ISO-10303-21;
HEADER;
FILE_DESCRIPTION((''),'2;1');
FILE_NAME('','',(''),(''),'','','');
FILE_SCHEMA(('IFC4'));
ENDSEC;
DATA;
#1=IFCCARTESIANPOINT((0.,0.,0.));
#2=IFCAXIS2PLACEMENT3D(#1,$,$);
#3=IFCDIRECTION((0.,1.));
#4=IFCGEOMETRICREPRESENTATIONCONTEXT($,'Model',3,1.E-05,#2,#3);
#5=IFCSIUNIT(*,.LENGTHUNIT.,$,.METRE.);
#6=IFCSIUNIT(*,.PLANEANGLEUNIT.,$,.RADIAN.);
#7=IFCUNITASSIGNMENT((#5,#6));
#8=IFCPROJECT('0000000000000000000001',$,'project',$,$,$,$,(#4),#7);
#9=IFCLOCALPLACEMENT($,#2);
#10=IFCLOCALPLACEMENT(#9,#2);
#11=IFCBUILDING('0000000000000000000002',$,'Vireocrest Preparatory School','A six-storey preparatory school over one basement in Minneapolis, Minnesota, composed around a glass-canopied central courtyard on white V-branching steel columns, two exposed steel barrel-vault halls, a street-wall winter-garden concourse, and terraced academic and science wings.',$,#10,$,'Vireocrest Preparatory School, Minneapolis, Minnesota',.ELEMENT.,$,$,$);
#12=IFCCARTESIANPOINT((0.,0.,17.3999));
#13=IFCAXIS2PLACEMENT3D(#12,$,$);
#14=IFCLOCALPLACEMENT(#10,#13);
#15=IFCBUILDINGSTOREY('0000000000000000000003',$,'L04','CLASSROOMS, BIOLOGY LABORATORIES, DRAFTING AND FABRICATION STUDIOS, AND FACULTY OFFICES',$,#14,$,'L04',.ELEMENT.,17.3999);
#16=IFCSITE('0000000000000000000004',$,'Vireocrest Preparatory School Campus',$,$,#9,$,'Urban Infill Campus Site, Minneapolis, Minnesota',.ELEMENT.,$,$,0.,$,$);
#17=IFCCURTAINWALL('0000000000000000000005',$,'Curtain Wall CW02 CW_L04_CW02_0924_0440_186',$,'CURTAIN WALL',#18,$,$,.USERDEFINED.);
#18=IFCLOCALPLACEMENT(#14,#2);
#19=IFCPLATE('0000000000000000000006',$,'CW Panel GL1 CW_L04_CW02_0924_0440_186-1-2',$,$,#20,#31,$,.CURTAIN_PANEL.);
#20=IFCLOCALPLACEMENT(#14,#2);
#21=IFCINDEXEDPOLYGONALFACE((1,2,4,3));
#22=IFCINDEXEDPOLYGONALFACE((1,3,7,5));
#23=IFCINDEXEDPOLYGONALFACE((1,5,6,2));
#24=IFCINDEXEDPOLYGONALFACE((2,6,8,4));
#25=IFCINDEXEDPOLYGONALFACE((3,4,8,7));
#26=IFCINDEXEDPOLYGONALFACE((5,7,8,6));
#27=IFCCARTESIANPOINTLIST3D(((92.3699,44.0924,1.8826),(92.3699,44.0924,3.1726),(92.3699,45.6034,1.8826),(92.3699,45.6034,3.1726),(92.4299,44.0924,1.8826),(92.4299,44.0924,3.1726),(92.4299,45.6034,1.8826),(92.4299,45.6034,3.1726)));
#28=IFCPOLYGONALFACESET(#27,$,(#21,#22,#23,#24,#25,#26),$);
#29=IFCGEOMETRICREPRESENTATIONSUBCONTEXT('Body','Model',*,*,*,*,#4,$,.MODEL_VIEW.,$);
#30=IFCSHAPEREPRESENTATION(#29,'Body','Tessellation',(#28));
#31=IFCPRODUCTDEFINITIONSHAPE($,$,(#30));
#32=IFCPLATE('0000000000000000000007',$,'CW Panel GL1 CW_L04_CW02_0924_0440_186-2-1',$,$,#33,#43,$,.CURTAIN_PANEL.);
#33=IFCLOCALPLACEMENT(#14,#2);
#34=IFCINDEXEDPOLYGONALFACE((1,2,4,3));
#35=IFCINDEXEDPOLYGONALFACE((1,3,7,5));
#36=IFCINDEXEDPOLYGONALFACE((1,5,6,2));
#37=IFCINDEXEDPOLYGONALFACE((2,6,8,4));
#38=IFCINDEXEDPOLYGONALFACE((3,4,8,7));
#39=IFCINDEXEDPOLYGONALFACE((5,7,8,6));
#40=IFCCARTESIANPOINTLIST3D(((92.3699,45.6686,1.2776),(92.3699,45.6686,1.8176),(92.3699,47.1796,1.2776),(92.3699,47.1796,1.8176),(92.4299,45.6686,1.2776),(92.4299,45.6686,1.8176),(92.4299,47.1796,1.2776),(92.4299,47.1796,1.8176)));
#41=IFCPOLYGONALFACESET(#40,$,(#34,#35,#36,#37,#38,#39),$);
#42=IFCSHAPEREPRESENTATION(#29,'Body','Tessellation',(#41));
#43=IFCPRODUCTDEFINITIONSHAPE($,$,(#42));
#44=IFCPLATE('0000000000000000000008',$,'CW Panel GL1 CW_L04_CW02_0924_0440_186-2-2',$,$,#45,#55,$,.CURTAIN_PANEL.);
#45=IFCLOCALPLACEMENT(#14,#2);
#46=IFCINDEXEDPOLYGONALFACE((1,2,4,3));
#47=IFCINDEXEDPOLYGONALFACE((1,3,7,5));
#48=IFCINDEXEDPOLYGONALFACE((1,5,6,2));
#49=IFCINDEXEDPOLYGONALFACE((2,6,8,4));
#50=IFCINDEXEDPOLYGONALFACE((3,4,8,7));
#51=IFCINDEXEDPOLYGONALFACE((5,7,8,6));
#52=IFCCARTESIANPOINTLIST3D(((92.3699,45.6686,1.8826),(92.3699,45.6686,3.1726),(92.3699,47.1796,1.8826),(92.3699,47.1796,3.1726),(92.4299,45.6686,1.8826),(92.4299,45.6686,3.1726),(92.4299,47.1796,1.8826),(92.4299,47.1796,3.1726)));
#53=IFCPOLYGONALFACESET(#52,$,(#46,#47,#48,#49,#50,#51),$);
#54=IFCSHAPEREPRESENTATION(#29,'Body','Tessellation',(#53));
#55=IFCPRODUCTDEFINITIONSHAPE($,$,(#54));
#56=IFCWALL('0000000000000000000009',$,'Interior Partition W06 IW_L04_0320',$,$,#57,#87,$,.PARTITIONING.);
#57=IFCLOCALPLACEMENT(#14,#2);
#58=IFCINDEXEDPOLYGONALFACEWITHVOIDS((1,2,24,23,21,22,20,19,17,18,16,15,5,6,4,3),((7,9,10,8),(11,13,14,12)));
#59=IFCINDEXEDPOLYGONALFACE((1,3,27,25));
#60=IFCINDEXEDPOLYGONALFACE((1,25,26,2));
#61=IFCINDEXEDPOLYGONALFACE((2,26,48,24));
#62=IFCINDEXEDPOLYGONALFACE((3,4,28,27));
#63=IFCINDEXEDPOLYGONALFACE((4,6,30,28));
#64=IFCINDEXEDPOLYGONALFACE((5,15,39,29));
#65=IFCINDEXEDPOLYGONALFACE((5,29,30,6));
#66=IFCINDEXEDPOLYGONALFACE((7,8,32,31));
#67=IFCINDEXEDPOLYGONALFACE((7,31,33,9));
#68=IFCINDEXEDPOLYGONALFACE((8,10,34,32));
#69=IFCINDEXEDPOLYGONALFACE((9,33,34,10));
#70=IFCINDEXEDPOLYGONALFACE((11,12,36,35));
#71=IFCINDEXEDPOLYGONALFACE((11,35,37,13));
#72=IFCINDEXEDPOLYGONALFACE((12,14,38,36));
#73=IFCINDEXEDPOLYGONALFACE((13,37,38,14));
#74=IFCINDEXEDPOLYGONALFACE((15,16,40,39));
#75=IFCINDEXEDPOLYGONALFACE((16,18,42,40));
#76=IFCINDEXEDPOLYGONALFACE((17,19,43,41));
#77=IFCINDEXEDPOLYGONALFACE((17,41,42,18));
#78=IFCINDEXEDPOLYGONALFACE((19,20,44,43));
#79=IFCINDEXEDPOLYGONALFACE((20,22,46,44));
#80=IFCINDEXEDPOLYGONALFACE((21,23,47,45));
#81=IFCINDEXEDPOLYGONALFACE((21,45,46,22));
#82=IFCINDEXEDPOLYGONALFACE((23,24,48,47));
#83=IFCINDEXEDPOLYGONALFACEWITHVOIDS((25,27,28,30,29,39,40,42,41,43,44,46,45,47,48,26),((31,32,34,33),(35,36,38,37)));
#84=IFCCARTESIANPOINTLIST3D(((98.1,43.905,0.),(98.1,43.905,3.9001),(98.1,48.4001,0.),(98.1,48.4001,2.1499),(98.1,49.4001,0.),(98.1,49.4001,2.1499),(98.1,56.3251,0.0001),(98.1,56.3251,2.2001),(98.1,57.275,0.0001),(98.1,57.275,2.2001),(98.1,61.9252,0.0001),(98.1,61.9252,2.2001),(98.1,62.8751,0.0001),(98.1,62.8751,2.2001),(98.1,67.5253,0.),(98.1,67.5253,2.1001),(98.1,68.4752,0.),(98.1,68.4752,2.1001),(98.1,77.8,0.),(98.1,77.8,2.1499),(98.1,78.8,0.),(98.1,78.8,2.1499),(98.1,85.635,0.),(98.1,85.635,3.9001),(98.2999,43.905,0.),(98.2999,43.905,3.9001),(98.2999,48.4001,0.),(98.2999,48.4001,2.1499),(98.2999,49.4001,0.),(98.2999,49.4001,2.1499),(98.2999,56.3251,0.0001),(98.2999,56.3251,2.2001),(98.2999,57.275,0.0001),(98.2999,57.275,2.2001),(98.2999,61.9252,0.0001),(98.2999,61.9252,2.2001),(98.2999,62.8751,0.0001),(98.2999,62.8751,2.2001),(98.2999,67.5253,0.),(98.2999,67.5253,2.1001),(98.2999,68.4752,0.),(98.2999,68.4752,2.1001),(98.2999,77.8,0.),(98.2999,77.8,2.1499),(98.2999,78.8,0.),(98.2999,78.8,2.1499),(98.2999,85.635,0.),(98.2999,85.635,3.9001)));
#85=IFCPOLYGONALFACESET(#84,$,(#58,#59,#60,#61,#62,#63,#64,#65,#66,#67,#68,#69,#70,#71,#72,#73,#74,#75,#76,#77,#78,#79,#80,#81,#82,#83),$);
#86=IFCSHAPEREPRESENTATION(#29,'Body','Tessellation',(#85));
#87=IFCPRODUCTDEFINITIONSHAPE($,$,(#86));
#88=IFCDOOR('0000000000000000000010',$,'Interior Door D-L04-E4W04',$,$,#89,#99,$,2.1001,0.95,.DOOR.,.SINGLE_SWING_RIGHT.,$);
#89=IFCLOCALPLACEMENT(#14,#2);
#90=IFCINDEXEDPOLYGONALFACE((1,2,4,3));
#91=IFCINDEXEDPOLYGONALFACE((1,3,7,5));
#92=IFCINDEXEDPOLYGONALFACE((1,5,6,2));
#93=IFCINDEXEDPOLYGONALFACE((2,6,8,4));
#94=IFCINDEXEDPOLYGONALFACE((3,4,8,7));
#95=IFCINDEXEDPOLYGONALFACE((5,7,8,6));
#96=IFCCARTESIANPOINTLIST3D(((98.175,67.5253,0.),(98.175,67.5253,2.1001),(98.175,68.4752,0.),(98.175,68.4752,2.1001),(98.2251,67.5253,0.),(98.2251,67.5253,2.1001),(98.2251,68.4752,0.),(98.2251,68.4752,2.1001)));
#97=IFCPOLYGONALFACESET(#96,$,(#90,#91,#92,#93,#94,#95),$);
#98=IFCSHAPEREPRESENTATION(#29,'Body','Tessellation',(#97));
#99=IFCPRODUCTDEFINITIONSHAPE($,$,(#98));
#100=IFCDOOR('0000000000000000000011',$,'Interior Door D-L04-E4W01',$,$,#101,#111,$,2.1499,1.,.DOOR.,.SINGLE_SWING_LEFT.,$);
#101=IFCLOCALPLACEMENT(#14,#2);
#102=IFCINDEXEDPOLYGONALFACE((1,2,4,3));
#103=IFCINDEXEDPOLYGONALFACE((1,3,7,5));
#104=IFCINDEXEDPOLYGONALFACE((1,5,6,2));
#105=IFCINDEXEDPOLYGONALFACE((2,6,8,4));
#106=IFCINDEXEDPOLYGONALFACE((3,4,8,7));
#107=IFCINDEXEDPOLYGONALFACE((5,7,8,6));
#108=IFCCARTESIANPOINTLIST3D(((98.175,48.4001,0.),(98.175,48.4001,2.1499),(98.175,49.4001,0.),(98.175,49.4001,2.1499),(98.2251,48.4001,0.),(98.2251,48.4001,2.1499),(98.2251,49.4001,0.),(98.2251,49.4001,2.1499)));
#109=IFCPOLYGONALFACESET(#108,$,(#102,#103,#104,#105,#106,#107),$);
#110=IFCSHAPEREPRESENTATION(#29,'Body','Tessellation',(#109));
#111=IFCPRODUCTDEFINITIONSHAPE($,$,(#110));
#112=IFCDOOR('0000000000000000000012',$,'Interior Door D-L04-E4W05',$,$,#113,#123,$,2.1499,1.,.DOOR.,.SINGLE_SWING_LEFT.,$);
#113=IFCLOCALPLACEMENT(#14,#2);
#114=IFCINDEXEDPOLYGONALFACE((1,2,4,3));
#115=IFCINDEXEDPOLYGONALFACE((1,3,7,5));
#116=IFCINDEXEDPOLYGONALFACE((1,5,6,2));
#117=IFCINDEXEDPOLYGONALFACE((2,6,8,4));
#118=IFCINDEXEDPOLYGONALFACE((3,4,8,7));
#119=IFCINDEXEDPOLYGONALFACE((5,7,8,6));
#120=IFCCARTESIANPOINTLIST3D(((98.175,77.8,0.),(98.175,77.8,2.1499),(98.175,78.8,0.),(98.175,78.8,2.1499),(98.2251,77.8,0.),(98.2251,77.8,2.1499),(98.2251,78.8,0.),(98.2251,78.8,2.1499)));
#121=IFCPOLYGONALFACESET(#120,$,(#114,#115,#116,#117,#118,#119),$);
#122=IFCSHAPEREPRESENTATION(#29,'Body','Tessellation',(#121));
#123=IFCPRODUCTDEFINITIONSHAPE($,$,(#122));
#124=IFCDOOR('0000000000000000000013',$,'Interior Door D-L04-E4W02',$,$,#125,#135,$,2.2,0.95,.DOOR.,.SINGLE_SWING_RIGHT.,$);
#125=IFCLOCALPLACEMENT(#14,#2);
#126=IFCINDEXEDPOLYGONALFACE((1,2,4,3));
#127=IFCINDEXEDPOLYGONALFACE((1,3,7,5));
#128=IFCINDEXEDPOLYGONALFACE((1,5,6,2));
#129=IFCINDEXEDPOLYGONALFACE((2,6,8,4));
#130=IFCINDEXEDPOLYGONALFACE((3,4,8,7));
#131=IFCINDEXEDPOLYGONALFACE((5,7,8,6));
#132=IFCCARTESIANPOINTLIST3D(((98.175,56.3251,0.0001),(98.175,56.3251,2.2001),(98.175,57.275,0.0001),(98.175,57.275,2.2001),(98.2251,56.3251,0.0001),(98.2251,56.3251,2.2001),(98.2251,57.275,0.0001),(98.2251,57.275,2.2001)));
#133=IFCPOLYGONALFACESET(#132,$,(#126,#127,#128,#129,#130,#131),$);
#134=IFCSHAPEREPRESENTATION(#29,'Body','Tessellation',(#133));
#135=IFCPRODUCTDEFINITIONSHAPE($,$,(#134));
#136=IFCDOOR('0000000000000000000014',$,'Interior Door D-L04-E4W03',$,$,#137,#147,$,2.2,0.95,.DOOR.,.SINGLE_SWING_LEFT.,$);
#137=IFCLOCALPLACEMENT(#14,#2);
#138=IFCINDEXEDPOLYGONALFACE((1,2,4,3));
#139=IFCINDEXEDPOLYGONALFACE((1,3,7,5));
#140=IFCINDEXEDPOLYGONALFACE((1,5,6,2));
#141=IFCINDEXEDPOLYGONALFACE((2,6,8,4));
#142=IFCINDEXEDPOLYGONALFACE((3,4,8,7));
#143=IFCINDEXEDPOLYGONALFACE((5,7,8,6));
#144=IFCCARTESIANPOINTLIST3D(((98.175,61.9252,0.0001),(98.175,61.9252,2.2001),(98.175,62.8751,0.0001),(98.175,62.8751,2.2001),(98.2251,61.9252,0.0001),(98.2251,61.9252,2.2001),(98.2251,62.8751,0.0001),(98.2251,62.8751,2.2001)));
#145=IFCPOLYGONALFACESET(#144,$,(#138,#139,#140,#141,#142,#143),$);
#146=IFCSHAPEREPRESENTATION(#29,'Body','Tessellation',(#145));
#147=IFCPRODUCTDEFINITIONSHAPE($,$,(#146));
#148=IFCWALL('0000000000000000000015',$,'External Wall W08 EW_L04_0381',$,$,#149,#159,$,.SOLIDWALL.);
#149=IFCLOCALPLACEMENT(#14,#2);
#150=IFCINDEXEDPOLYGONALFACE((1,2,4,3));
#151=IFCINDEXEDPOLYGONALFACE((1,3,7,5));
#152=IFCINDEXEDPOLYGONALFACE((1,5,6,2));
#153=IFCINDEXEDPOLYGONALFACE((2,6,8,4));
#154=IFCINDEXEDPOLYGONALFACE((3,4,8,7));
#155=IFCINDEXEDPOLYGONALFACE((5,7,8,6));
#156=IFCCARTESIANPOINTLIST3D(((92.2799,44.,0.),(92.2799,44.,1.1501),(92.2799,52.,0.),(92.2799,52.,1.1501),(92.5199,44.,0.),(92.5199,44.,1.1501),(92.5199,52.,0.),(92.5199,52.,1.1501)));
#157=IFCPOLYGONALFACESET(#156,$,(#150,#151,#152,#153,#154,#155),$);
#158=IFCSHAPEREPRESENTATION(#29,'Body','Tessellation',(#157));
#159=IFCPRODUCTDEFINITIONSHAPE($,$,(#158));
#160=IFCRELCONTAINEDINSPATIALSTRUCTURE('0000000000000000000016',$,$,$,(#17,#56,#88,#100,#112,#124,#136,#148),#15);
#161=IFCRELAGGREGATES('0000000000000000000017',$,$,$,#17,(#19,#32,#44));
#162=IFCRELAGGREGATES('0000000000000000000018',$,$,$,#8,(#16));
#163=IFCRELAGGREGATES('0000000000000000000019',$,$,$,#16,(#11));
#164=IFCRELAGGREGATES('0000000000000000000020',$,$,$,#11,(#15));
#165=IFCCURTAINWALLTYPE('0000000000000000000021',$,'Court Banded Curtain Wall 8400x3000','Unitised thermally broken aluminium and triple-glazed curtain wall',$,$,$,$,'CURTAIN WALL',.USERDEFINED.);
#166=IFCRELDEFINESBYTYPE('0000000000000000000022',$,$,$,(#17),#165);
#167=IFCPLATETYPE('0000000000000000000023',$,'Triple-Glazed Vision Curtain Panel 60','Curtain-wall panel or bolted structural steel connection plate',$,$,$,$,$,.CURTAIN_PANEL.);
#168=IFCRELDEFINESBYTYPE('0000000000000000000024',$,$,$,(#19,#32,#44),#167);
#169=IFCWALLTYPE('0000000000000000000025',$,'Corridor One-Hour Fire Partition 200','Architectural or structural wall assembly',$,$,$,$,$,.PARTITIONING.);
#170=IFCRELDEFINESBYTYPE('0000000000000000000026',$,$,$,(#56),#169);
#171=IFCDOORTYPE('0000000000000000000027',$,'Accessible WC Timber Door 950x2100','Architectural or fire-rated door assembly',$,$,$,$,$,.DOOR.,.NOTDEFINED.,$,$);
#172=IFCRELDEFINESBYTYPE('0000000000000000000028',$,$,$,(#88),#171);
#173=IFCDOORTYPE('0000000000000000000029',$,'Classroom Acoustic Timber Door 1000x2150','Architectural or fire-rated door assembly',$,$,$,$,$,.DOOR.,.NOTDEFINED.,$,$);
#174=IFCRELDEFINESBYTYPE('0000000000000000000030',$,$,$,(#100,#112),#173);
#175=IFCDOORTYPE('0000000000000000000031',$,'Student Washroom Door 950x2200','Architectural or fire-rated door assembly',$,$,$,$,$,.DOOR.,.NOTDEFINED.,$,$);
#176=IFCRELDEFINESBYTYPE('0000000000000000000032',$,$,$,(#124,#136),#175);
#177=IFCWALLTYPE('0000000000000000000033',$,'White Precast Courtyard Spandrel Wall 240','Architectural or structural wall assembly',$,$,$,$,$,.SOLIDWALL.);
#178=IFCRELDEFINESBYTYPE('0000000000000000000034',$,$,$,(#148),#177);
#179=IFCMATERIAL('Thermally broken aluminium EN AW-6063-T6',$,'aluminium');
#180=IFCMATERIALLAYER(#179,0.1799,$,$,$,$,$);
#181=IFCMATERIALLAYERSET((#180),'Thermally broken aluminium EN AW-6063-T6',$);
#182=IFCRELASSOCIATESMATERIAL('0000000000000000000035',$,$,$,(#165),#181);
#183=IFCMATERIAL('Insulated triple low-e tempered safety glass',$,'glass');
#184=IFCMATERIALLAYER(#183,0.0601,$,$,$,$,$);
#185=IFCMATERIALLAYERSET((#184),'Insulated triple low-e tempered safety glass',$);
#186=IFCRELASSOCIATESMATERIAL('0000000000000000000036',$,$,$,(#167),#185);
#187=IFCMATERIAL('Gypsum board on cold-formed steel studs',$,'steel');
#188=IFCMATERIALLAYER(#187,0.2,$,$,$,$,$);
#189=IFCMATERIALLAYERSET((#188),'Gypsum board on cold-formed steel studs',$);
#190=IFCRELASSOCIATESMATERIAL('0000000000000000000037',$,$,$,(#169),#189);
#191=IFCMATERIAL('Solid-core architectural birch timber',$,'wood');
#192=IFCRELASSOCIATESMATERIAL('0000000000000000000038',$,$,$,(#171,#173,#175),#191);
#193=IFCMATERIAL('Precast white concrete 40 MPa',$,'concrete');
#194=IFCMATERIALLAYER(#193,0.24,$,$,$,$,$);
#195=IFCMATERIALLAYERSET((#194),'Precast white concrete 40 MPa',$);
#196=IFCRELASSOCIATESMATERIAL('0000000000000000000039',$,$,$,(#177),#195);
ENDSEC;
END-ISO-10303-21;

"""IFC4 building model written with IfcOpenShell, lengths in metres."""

from ifc_helpers import new_model, si_unit, direction, frame, frame_2d, origin, origin_2d, place, context, subcontext, project, spatial, rectangle, extrude, material, layer, layer_set, type_object, element, fill, aggregate, save


model = new_model("IFC4")

# Units and contexts
model_context = context("Model", 3, precision=1e-05, world=origin(), true_north=direction((0.0, 1.0)))
body_context = subcontext(model_context, "Body", "Model", "MODEL_VIEW")
ifc_project = project(units=[si_unit("LENGTHUNIT", "METRE"), si_unit("PLANEANGLEUNIT", "RADIAN")], contexts=[model_context])

# Site, building, storey
site_placement = place(None, origin())
site = spatial("IfcSite", under=ifc_project, at=site_placement, Name="Vireocrest Preparatory School Campus", LongName="Urban Infill Campus Site, Minneapolis, Minnesota", CompositionType="ELEMENT", RefElevation=0.0)
building_placement = place(site_placement, origin())
building = spatial("IfcBuilding", under=site, at=building_placement, Name="Vireocrest Preparatory School", Description="A six-storey preparatory school over one basement in Minneapolis, Minnesota, composed around a glass-canopied central courtyard on white V-branching steel columns, two exposed steel barrel-vault halls, a street-wall winter-garden concourse, and terraced academic and science wings.", LongName="Vireocrest Preparatory School, Minneapolis, Minnesota", CompositionType="ELEMENT")
storey_placement = place(building_placement, frame((0.0, 0.0, 17.3999)))
storey = spatial("IfcBuildingStorey", under=building, at=storey_placement, Name="L04", Description="CLASSROOMS, BIOLOGY LABORATORIES, DRAFTING AND FABRICATION STUDIOS, AND FACULTY OFFICES", LongName="L04", CompositionType="ELEMENT", Elevation=17.3999)

# Curtain wall
ifc_material_1 = material(Name="Thermally broken aluminium EN AW-6063-T6", Category="aluminium")
ifc_layer_1 = layer(ifc_material_1, 0.1799)
ifc_layer_set_1 = layer_set([ifc_layer_1], Name="Thermally broken aluminium EN AW-6063-T6")
curtain_wall_type_1 = type_object("IfcCurtainWallType", Name="Court Banded Curtain Wall 8400x3000", Description="Unitised thermally broken aluminium and triple-glazed curtain wall", ElementType="CURTAIN WALL", PredefinedType="USERDEFINED", material=ifc_layer_set_1)
curtain_wall_1_placement = place(storey_placement, origin())
curtain_wall_1 = element("IfcCurtainWall", 1, at=curtain_wall_1_placement, inside=storey, type_object=curtain_wall_type_1, Name="Curtain Wall CW02 CW_L04_CW02_0924_0440_186", ObjectType="CURTAIN WALL", PredefinedType="USERDEFINED")

# Plates
ifc_material_2 = material(Name="Insulated triple low-e tempered safety glass", Category="glass")
ifc_layer_2 = layer(ifc_material_2, 0.0601)
ifc_layer_set_2 = layer_set([ifc_layer_2], Name="Insulated triple low-e tempered safety glass")
plate_type_1 = type_object("IfcPlateType", Name="Triple-Glazed Vision Curtain Panel 60", Description="Curtain-wall panel or bolted structural steel connection plate", PredefinedType="CURTAIN_PANEL", material=ifc_layer_set_2)
plate_1_placement = place(storey_placement, frame((92.3999, 44.8479, 1.8826), z_axis=(0.0, 0.0, 1.0), x_axis=(0.0, 1.0, 0.0)))
plate_1 = element("IfcPlate", 2, at=plate_1_placement, type_object=plate_type_1, Name="CW Panel GL1 CW_L04_CW02_0924_0440_186-1-2", PredefinedType="CURTAIN_PANEL", context=body_context, shape_type="SweptSolid", body=[
    extrude(rectangle(XDim=1.511, YDim=0.0601, at=origin_2d()), origin(), (0.0, 0.0, 1.0), 1.29),
])
plate_2_placement = place(storey_placement, frame((92.3999, 46.4241, 1.2776), z_axis=(0.0, 0.0, 1.0), x_axis=(0.0, 1.0, 0.0)))
plate_2 = element("IfcPlate", 3, at=plate_2_placement, type_object=plate_type_1, Name="CW Panel GL1 CW_L04_CW02_0924_0440_186-2-1", PredefinedType="CURTAIN_PANEL", context=body_context, shape_type="SweptSolid", body=[
    extrude(rectangle(XDim=1.511, YDim=0.0601, at=origin_2d()), origin(), (0.0, 0.0, 1.0), 0.54),
])
plate_3_placement = place(storey_placement, frame((92.3999, 46.4241, 1.8826), z_axis=(0.0, 0.0, 1.0), x_axis=(0.0, 1.0, 0.0)))
plate_3 = element("IfcPlate", 4, at=plate_3_placement, type_object=plate_type_1, Name="CW Panel GL1 CW_L04_CW02_0924_0440_186-2-2", PredefinedType="CURTAIN_PANEL", context=body_context, shape_type="SweptSolid", body=[
    extrude(rectangle(XDim=1.511, YDim=0.0601, at=origin_2d()), origin(), (0.0, 0.0, 1.0), 1.29),
])
aggregate(curtain_wall_1, [plate_1, plate_2, plate_3])

# Wall, openings, doors
ifc_material_3 = material(Name="Gypsum board on cold-formed steel studs", Category="steel")
ifc_layer_3 = layer(ifc_material_3, 0.2)
ifc_layer_set_3 = layer_set([ifc_layer_3], Name="Gypsum board on cold-formed steel studs")
wall_type_1 = type_object("IfcWallType", Name="Corridor One-Hour Fire Partition 200", Description="Architectural or structural wall assembly", PredefinedType="PARTITIONING", material=ifc_layer_set_3)
wall_1_placement = place(storey_placement, frame((98.2, 43.905, 0.0), z_axis=(0.0, 0.0, 1.0), x_axis=(0.0, 1.0, 0.0)))
wall_1 = element("IfcWall", 5, at=wall_1_placement, inside=storey, type_object=wall_type_1, Name="Interior Partition W06 IW_L04_0320", PredefinedType="PARTITIONING", context=body_context, shape_type="SweptSolid", body=[
    extrude(rectangle(XDim=41.73, YDim=0.2, at=frame_2d((20.865, 0.0))), origin(), (0.0, 0.0, 1.0), 3.9001),
])
opening_1_placement = place(wall_1_placement, frame((4.4951, 0.0, 0.0)))
opening_1 = element("IfcOpeningElement", 6, at=opening_1_placement, cuts=wall_1, PredefinedType="OPENING", context=body_context, shape_type="SweptSolid", body=[
    extrude(rectangle(XDim=1.0, YDim=2.1499, at=frame_2d((0.5, 1.075))), frame((0.0, 0.1099, 0.0), z_axis=(0.0, -1.0, 0.0), x_axis=(1.0, 0.0, 0.0)), (0.0, 0.0, 1.0), 0.22),
])
opening_2_placement = place(wall_1_placement, frame((12.4199, 0.0, 0.0)))
opening_2 = element("IfcOpeningElement", 7, at=opening_2_placement, cuts=wall_1, PredefinedType="OPENING", context=body_context, shape_type="SweptSolid", body=[
    extrude(rectangle(XDim=0.95, YDim=2.2, at=frame_2d((0.4751, 1.1001))), frame((0.0, 0.1099, 0.0), z_axis=(0.0, -1.0, 0.0), x_axis=(1.0, 0.0, 0.0)), (0.0, 0.0, 1.0), 0.22),
])
opening_3_placement = place(wall_1_placement, frame((18.02, 0.0, 0.0)))
opening_3 = element("IfcOpeningElement", 8, at=opening_3_placement, cuts=wall_1, PredefinedType="OPENING", context=body_context, shape_type="SweptSolid", body=[
    extrude(rectangle(XDim=0.95, YDim=2.2, at=frame_2d((0.4751, 1.1001))), frame((0.0, 0.1099, 0.0), z_axis=(0.0, -1.0, 0.0), x_axis=(1.0, 0.0, 0.0)), (0.0, 0.0, 1.0), 0.22),
])
opening_4_placement = place(wall_1_placement, frame((23.6201, 0.0, 0.0)))
opening_4 = element("IfcOpeningElement", 9, at=opening_4_placement, cuts=wall_1, PredefinedType="OPENING", context=body_context, shape_type="SweptSolid", body=[
    extrude(rectangle(XDim=0.95, YDim=2.1001, at=frame_2d((0.4751, 1.05))), frame((0.0, 0.1099, 0.0), z_axis=(0.0, -1.0, 0.0), x_axis=(1.0, 0.0, 0.0)), (0.0, 0.0, 1.0), 0.22),
])
opening_5_placement = place(wall_1_placement, frame((33.895, 0.0, 0.0)))
opening_5 = element("IfcOpeningElement", 10, at=opening_5_placement, cuts=wall_1, PredefinedType="OPENING", context=body_context, shape_type="SweptSolid", body=[
    extrude(rectangle(XDim=1.0, YDim=2.1499, at=frame_2d((0.5, 1.075))), frame((0.0, 0.1099, 0.0), z_axis=(0.0, -1.0, 0.0), x_axis=(1.0, 0.0, 0.0)), (0.0, 0.0, 1.0), 0.22),
])
ifc_material_4 = material(Name="Solid-core architectural birch timber", Category="wood")
door_type_1 = type_object("IfcDoorType", Name="Accessible WC Timber Door 950x2100", Description="Architectural or fire-rated door assembly", OperationType="NOTDEFINED", PredefinedType="DOOR", material=ifc_material_4)
door_1_placement = place(opening_4_placement, origin())
door_1 = element("IfcDoor", 11, at=door_1_placement, inside=storey, type_object=door_type_1, Name="Interior Door D-L04-E4W04", OperationType="SINGLE_SWING_RIGHT", OverallHeight=2.1001, OverallWidth=0.95, PredefinedType="DOOR", context=body_context, shape_type="SweptSolid", body=[
    extrude(rectangle(XDim=0.95, YDim=2.1001, at=frame_2d((0.4751, 1.05))), frame((0.0, 0.0249, 0.0), z_axis=(0.0, -1.0, 0.0), x_axis=(1.0, 0.0, 0.0)), (0.0, 0.0, 1.0), 0.05),
])
fill(opening_4, door_1)
door_type_2 = type_object("IfcDoorType", Name="Classroom Acoustic Timber Door 1000x2150", Description="Architectural or fire-rated door assembly", OperationType="NOTDEFINED", PredefinedType="DOOR", material=ifc_material_4)
door_2_placement = place(opening_1_placement, origin())
door_2 = element("IfcDoor", 12, at=door_2_placement, inside=storey, type_object=door_type_2, Name="Interior Door D-L04-E4W01", OperationType="SINGLE_SWING_LEFT", OverallHeight=2.1499, OverallWidth=1.0, PredefinedType="DOOR", context=body_context, shape_type="SweptSolid", body=[
    extrude(rectangle(XDim=1.0, YDim=2.1499, at=frame_2d((0.5, 1.075))), frame((0.0, 0.0249, 0.0), z_axis=(0.0, -1.0, 0.0), x_axis=(1.0, 0.0, 0.0)), (0.0, 0.0, 1.0), 0.05),
])
fill(opening_1, door_2)
door_3_placement = place(opening_5_placement, origin())
door_3 = element("IfcDoor", 13, at=door_3_placement, inside=storey, type_object=door_type_2, Name="Interior Door D-L04-E4W05", OperationType="SINGLE_SWING_LEFT", OverallHeight=2.1499, OverallWidth=1.0, PredefinedType="DOOR", context=body_context, shape_type="SweptSolid", body=[
    extrude(rectangle(XDim=1.0, YDim=2.1499, at=frame_2d((0.5, 1.075))), frame((0.0, 0.0249, 0.0), z_axis=(0.0, -1.0, 0.0), x_axis=(1.0, 0.0, 0.0)), (0.0, 0.0, 1.0), 0.05),
])
fill(opening_5, door_3)
door_type_3 = type_object("IfcDoorType", Name="Student Washroom Door 950x2200", Description="Architectural or fire-rated door assembly", OperationType="NOTDEFINED", PredefinedType="DOOR", material=ifc_material_4)
door_4_placement = place(opening_2_placement, origin())
door_4 = element("IfcDoor", 14, at=door_4_placement, inside=storey, type_object=door_type_3, Name="Interior Door D-L04-E4W02", OperationType="SINGLE_SWING_RIGHT", OverallHeight=2.2, OverallWidth=0.95, PredefinedType="DOOR", context=body_context, shape_type="SweptSolid", body=[
    extrude(rectangle(XDim=0.95, YDim=2.2, at=frame_2d((0.4751, 1.1001))), frame((0.0, 0.0249, 0.0), z_axis=(0.0, -1.0, 0.0), x_axis=(1.0, 0.0, 0.0)), (0.0, 0.0, 1.0), 0.05),
])
fill(opening_2, door_4)
door_5_placement = place(opening_3_placement, origin())
door_5 = element("IfcDoor", 15, at=door_5_placement, inside=storey, type_object=door_type_3, Name="Interior Door D-L04-E4W03", OperationType="SINGLE_SWING_LEFT", OverallHeight=2.2, OverallWidth=0.95, PredefinedType="DOOR", context=body_context, shape_type="SweptSolid", body=[
    extrude(rectangle(XDim=0.95, YDim=2.2, at=frame_2d((0.4751, 1.1001))), frame((0.0, 0.0249, 0.0), z_axis=(0.0, -1.0, 0.0), x_axis=(1.0, 0.0, 0.0)), (0.0, 0.0, 1.0), 0.05),
])
fill(opening_3, door_5)

# Wall
ifc_material_5 = material(Name="Precast white concrete 40 MPa", Category="concrete")
ifc_layer_4 = layer(ifc_material_5, 0.24)
ifc_layer_set_4 = layer_set([ifc_layer_4], Name="Precast white concrete 40 MPa")
wall_type_2 = type_object("IfcWallType", Name="White Precast Courtyard Spandrel Wall 240", Description="Architectural or structural wall assembly", PredefinedType="SOLIDWALL", material=ifc_layer_set_4)
wall_2_placement = place(storey_placement, frame((92.3999, 44.0, 0.0), z_axis=(0.0, 0.0, 1.0), x_axis=(0.0, 1.0, 0.0)))
element("IfcWall", 16, at=wall_2_placement, inside=storey, type_object=wall_type_2, Name="External Wall W08 EW_L04_0381", PredefinedType="SOLIDWALL", context=body_context, shape_type="SweptSolid", body=[
    extrude(rectangle(XDim=8.0, YDim=0.24, at=frame_2d((4.0, 0.0))), origin(), (0.0, 0.0, 1.0), 1.1501),
])

save(model, "model.ifc")
